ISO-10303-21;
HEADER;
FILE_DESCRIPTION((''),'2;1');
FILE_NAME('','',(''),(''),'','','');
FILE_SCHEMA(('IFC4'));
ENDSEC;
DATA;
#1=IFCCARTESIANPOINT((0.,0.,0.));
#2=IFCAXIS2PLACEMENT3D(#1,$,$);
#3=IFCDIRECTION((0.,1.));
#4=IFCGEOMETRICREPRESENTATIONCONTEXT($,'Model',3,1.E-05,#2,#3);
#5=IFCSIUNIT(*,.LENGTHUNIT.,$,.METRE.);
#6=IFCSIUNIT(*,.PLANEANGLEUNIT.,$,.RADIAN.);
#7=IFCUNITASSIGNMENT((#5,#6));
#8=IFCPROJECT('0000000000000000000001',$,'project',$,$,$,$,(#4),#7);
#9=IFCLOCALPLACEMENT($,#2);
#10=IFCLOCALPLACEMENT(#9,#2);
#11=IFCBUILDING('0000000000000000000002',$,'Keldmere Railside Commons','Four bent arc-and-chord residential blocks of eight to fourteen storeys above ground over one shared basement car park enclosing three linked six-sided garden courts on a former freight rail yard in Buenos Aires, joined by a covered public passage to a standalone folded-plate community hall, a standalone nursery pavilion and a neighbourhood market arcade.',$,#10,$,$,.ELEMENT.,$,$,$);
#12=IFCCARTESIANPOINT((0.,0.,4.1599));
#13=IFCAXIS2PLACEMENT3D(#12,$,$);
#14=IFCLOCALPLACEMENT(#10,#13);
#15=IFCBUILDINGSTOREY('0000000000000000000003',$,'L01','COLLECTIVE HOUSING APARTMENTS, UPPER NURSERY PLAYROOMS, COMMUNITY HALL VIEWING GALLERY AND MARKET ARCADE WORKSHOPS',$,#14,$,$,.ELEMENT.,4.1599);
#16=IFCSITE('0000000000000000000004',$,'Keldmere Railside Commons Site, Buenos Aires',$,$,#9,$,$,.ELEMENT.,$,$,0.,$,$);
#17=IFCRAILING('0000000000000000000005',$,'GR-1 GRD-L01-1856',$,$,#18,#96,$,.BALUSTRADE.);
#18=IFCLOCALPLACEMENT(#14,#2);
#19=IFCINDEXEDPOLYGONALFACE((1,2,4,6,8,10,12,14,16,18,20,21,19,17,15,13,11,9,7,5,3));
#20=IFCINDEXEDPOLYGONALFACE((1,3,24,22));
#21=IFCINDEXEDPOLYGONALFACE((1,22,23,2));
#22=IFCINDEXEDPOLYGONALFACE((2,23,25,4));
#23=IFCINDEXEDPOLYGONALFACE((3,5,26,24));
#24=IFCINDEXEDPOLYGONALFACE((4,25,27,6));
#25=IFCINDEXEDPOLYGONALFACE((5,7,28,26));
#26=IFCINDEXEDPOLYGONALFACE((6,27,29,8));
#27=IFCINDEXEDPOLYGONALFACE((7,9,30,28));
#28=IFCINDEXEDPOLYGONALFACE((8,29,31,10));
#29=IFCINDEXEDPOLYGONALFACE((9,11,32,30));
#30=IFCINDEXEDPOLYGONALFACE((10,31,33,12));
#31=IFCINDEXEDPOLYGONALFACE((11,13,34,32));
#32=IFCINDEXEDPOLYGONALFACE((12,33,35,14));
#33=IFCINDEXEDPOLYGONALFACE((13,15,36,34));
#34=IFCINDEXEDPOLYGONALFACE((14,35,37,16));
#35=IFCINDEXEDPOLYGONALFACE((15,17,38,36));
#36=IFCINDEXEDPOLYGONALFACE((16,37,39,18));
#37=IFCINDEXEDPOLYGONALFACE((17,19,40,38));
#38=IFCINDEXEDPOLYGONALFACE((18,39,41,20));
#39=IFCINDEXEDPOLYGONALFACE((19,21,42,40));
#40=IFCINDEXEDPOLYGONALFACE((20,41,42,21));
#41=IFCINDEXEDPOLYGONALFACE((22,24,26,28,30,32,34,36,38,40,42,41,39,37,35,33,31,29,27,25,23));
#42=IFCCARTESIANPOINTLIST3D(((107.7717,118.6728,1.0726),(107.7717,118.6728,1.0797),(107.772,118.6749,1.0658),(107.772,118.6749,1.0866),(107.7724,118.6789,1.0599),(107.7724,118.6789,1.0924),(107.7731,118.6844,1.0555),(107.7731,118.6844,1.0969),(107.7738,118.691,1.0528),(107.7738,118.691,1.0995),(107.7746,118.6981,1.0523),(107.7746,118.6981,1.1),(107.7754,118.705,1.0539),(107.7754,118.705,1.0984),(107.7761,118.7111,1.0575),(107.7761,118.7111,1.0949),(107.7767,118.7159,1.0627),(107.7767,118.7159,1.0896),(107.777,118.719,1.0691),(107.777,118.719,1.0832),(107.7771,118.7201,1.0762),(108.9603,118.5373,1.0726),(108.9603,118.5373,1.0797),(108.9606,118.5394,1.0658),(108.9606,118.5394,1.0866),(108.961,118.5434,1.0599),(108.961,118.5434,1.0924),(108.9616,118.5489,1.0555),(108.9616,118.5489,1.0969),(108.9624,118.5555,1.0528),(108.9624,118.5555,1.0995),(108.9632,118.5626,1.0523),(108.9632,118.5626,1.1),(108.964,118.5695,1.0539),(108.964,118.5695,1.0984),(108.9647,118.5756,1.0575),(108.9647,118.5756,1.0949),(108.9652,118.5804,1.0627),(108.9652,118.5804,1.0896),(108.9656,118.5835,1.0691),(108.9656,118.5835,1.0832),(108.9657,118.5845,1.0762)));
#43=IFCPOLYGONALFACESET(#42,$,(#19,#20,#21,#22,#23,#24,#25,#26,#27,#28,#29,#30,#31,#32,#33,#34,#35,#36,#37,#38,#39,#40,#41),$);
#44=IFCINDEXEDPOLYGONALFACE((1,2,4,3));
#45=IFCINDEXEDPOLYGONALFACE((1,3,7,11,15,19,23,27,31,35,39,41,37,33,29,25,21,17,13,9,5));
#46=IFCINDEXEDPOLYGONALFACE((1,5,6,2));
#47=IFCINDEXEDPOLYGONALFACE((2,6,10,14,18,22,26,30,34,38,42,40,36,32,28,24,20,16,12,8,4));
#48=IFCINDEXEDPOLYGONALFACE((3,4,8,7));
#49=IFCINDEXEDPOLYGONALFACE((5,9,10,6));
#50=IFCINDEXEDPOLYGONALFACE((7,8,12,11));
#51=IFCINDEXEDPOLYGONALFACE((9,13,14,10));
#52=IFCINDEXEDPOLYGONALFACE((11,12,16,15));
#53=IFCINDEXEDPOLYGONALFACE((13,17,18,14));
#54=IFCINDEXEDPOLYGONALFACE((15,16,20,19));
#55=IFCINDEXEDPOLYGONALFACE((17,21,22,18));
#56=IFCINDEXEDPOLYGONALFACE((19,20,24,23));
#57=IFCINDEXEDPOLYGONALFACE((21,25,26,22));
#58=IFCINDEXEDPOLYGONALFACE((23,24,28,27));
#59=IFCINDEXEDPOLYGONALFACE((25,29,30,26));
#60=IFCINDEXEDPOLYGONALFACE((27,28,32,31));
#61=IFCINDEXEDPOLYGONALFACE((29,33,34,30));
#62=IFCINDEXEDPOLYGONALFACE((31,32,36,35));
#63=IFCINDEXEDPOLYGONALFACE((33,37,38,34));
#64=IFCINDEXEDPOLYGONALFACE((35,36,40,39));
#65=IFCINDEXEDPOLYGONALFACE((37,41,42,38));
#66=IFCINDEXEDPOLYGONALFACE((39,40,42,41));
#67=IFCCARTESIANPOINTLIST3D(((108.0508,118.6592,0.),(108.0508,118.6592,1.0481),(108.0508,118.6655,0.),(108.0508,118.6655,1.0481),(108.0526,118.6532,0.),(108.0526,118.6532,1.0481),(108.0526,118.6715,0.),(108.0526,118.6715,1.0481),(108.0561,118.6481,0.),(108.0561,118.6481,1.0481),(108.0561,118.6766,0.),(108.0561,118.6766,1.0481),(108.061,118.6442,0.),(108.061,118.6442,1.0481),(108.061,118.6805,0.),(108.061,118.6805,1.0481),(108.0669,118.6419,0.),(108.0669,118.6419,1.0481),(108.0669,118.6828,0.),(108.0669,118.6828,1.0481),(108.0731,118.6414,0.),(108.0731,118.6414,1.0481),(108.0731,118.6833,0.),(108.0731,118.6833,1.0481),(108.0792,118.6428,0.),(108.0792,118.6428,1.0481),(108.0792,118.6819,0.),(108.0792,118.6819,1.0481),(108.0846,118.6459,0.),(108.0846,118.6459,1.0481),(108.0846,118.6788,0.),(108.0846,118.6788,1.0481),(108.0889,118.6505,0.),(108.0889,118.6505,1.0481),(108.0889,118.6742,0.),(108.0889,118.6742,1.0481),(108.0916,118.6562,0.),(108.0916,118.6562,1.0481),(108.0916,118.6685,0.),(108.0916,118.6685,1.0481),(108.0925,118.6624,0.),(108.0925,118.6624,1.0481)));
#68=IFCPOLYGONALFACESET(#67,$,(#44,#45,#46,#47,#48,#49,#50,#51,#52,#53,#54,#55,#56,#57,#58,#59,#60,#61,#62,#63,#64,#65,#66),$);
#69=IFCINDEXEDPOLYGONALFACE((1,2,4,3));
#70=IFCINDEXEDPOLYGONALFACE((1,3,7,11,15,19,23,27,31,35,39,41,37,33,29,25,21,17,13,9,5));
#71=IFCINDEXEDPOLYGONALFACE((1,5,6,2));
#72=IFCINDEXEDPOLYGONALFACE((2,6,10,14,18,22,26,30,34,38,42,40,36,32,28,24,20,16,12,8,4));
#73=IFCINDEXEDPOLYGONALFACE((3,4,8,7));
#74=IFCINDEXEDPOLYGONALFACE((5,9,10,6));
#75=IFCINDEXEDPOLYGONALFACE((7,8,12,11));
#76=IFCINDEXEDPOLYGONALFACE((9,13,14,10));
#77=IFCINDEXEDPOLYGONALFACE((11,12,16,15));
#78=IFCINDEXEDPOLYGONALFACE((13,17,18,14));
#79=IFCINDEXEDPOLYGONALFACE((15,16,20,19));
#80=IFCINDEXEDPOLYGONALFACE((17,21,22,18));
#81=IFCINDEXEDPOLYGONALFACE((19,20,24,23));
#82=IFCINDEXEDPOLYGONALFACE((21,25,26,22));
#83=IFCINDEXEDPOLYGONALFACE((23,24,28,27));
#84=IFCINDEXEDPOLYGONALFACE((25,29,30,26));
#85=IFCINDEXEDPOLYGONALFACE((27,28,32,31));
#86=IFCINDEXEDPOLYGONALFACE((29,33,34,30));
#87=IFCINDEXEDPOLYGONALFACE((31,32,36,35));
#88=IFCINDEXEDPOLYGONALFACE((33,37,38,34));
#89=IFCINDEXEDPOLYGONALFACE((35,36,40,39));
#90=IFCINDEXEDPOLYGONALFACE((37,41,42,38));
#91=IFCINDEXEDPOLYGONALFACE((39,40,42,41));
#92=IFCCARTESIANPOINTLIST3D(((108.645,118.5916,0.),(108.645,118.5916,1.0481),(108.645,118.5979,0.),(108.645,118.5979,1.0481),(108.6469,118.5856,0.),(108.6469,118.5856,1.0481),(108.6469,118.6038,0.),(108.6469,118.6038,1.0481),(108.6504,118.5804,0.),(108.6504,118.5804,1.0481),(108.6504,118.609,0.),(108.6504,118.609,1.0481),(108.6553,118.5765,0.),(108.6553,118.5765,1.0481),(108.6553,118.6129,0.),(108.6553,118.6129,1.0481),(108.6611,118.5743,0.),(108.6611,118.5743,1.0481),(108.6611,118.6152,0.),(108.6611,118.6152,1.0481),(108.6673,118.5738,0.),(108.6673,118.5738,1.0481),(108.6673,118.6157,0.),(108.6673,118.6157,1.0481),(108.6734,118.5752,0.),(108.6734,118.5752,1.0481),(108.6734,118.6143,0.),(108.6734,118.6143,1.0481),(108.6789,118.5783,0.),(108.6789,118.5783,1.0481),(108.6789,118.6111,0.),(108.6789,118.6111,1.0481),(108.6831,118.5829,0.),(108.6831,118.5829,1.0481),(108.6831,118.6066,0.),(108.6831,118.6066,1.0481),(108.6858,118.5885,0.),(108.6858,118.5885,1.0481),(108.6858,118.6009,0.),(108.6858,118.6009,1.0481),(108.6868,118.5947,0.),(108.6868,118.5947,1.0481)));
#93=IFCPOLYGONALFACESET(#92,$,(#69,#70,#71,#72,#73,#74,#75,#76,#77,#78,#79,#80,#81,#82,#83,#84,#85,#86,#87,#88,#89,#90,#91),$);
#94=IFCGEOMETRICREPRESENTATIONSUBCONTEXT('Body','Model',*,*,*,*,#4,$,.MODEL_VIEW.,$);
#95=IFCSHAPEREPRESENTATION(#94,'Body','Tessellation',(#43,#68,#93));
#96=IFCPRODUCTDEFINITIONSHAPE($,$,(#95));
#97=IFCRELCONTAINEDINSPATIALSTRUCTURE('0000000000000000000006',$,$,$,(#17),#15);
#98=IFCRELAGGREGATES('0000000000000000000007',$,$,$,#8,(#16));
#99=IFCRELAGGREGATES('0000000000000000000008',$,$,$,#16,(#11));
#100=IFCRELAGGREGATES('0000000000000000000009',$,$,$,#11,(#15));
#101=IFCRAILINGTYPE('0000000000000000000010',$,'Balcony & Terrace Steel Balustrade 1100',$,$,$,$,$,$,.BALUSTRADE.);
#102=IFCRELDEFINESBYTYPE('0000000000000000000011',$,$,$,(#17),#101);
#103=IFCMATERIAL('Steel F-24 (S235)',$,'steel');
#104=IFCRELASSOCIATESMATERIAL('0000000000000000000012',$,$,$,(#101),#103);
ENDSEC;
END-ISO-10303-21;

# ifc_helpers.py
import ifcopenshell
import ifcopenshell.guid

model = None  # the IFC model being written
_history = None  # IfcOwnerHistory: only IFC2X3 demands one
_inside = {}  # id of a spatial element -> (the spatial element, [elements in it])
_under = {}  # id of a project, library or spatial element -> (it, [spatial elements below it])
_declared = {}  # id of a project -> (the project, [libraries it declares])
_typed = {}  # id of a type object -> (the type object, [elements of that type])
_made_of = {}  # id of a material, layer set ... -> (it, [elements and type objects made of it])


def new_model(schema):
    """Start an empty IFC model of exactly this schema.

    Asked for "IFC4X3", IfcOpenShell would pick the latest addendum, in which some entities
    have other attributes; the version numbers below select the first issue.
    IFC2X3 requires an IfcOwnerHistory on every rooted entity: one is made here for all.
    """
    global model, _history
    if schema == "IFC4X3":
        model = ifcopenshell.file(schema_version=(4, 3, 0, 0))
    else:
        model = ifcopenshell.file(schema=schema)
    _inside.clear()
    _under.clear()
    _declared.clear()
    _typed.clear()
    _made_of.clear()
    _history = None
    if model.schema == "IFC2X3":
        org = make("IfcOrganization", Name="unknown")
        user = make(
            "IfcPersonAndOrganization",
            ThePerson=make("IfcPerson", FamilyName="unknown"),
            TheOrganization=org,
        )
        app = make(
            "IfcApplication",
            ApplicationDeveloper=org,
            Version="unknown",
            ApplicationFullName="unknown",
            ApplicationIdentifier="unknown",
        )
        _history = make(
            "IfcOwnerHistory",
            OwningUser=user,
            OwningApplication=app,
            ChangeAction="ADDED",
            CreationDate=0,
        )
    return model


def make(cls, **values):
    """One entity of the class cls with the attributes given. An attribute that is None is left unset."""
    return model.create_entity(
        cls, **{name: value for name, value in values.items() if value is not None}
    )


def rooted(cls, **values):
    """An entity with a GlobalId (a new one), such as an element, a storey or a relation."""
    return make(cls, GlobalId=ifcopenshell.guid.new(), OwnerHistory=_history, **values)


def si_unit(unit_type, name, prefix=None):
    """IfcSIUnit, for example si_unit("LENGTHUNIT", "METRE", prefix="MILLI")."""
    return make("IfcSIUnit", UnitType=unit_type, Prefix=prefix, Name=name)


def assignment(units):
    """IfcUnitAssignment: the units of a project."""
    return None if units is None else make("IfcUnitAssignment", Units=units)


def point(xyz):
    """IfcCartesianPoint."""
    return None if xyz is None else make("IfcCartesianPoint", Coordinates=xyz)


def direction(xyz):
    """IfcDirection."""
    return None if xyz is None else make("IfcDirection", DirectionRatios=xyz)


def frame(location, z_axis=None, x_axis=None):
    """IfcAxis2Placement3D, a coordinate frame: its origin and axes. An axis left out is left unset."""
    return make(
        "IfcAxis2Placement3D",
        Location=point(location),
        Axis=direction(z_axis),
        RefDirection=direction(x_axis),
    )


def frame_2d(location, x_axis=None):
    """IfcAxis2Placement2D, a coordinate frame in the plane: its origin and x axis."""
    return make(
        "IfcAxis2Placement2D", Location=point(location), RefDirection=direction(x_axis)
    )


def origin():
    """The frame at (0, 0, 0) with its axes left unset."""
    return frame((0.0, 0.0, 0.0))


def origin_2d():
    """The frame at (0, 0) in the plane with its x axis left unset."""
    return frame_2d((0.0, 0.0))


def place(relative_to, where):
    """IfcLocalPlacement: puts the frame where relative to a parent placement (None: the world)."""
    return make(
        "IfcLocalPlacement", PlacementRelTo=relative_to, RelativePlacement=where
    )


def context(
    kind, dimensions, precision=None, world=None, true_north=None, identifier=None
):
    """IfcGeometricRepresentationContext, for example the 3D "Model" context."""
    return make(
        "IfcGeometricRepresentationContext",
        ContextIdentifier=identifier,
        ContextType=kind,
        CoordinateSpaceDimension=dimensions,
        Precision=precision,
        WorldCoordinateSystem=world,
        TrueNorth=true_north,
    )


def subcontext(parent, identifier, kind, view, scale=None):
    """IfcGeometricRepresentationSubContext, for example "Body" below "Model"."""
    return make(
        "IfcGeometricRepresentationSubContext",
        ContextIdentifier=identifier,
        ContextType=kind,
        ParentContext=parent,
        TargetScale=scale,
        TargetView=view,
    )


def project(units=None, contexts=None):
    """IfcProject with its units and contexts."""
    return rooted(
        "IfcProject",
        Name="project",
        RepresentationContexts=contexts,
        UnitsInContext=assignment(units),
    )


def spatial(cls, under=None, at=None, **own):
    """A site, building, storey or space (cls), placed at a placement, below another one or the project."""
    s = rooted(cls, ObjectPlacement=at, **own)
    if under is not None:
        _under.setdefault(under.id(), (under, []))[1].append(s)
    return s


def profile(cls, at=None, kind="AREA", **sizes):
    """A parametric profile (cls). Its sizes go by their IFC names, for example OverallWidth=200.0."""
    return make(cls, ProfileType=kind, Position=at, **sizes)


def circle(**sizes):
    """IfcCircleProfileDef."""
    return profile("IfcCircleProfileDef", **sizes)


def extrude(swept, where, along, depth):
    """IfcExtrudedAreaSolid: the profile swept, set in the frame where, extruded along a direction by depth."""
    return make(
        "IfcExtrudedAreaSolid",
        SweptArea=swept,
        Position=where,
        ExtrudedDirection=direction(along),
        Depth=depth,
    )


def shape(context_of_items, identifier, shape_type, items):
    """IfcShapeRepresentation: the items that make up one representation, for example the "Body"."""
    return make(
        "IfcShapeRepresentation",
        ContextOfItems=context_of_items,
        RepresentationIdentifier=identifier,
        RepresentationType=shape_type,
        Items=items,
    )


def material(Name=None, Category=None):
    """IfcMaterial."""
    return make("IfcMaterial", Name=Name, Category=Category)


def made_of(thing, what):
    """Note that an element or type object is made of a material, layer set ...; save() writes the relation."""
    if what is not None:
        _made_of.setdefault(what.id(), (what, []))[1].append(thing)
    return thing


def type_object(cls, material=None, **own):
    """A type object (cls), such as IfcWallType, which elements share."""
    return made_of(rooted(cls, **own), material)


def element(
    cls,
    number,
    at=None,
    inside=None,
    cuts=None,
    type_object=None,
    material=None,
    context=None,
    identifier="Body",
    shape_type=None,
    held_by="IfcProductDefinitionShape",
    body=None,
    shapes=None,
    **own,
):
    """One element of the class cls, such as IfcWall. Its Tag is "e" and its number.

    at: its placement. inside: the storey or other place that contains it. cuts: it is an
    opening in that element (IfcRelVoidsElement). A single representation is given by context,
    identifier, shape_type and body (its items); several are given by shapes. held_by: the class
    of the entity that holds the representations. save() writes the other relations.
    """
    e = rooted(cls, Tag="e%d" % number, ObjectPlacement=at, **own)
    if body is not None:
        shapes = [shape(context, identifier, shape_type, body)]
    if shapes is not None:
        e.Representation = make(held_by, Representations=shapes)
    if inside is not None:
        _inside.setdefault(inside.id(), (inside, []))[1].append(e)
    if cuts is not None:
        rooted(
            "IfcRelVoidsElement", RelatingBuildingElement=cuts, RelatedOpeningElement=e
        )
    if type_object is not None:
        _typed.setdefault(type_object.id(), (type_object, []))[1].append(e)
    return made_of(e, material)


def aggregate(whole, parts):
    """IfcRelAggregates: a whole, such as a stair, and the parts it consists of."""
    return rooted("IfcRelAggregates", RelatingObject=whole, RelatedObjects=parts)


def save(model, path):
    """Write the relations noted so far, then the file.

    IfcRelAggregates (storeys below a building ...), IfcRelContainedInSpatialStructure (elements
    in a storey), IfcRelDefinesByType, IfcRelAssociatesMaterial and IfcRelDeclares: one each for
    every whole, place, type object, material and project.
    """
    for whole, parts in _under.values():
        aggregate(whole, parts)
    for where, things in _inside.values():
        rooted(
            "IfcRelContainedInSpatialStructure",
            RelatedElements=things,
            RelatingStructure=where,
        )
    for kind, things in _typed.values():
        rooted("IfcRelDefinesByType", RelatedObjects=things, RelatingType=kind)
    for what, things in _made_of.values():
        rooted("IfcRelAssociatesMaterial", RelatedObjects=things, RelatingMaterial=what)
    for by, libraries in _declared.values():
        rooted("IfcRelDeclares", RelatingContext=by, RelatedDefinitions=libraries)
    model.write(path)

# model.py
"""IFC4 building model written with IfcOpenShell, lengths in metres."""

from ifc_helpers import new_model, si_unit, direction, frame, origin, origin_2d, place, context, subcontext, project, spatial, circle, extrude, material, type_object, element, save


model = new_model("IFC4")

# Units and contexts
model_context = context("Model", 3, precision=1e-05, world=origin(), true_north=direction((0.0, 1.0)))
body_context = subcontext(model_context, "Body", "Model", "MODEL_VIEW")
ifc_project = project(units=[si_unit("LENGTHUNIT", "METRE"), si_unit("PLANEANGLEUNIT", "RADIAN")], contexts=[model_context])

# Site, building, storey
site_placement = place(None, origin())
site = spatial("IfcSite", under=ifc_project, at=site_placement, Name="Keldmere Railside Commons Site, Buenos Aires", CompositionType="ELEMENT", RefElevation=0.0)
building_placement = place(site_placement, origin())
building = spatial("IfcBuilding", under=site, at=building_placement, Name="Keldmere Railside Commons", Description="Four bent arc-and-chord residential blocks of eight to fourteen storeys above ground over one shared basement car park enclosing three linked six-sided garden courts on a former freight rail yard in Buenos Aires, joined by a covered public passage to a standalone folded-plate community hall, a standalone nursery pavilion and a neighbourhood market arcade.", CompositionType="ELEMENT")
storey_placement = place(building_placement, frame((0.0, 0.0, 4.1599)))
storey = spatial("IfcBuildingStorey", under=building, at=storey_placement, Name="L01", Description="COLLECTIVE HOUSING APARTMENTS, UPPER NURSERY PLAYROOMS, COMMUNITY HALL VIEWING GALLERY AND MARKET ARCADE WORKSHOPS", CompositionType="ELEMENT", Elevation=4.1599)

# Railing
ifc_material_1 = material(Name="Steel F-24 (S235)", Category="steel")
railing_type = type_object("IfcRailingType", Name="Balcony & Terrace Steel Balustrade 1100", PredefinedType="BALUSTRADE", material=ifc_material_1)
railing_1_placement = place(storey_placement, frame((107.7744, 118.6963, 0.0)))
element("IfcRailing", 1, at=railing_1_placement, inside=storey, type_object=railing_type, Name="GR-1 GRD-L01-1856", PredefinedType="BALUSTRADE", context=body_context, shape_type="SweptSolid", body=[
    extrude(circle(Radius=0.0239, at=origin_2d()), frame((0.0, 0.0, 1.0762), z_axis=(0.993564, -0.113276, 0.0), x_axis=(0.113276, 0.993564, 0.0)), (0.0, 0.0, 1.0), 1.1963),
    extrude(circle(Radius=0.021, at=origin_2d()), frame((0.2971, -0.0339, 0.0)), (0.0, 0.0, 1.0), 1.0481),
    extrude(circle(Radius=0.021, at=origin_2d()), frame((0.8914, -0.1016, 0.0)), (0.0, 0.0, 1.0), 1.0481),
])

save(model, "model.ifc")
